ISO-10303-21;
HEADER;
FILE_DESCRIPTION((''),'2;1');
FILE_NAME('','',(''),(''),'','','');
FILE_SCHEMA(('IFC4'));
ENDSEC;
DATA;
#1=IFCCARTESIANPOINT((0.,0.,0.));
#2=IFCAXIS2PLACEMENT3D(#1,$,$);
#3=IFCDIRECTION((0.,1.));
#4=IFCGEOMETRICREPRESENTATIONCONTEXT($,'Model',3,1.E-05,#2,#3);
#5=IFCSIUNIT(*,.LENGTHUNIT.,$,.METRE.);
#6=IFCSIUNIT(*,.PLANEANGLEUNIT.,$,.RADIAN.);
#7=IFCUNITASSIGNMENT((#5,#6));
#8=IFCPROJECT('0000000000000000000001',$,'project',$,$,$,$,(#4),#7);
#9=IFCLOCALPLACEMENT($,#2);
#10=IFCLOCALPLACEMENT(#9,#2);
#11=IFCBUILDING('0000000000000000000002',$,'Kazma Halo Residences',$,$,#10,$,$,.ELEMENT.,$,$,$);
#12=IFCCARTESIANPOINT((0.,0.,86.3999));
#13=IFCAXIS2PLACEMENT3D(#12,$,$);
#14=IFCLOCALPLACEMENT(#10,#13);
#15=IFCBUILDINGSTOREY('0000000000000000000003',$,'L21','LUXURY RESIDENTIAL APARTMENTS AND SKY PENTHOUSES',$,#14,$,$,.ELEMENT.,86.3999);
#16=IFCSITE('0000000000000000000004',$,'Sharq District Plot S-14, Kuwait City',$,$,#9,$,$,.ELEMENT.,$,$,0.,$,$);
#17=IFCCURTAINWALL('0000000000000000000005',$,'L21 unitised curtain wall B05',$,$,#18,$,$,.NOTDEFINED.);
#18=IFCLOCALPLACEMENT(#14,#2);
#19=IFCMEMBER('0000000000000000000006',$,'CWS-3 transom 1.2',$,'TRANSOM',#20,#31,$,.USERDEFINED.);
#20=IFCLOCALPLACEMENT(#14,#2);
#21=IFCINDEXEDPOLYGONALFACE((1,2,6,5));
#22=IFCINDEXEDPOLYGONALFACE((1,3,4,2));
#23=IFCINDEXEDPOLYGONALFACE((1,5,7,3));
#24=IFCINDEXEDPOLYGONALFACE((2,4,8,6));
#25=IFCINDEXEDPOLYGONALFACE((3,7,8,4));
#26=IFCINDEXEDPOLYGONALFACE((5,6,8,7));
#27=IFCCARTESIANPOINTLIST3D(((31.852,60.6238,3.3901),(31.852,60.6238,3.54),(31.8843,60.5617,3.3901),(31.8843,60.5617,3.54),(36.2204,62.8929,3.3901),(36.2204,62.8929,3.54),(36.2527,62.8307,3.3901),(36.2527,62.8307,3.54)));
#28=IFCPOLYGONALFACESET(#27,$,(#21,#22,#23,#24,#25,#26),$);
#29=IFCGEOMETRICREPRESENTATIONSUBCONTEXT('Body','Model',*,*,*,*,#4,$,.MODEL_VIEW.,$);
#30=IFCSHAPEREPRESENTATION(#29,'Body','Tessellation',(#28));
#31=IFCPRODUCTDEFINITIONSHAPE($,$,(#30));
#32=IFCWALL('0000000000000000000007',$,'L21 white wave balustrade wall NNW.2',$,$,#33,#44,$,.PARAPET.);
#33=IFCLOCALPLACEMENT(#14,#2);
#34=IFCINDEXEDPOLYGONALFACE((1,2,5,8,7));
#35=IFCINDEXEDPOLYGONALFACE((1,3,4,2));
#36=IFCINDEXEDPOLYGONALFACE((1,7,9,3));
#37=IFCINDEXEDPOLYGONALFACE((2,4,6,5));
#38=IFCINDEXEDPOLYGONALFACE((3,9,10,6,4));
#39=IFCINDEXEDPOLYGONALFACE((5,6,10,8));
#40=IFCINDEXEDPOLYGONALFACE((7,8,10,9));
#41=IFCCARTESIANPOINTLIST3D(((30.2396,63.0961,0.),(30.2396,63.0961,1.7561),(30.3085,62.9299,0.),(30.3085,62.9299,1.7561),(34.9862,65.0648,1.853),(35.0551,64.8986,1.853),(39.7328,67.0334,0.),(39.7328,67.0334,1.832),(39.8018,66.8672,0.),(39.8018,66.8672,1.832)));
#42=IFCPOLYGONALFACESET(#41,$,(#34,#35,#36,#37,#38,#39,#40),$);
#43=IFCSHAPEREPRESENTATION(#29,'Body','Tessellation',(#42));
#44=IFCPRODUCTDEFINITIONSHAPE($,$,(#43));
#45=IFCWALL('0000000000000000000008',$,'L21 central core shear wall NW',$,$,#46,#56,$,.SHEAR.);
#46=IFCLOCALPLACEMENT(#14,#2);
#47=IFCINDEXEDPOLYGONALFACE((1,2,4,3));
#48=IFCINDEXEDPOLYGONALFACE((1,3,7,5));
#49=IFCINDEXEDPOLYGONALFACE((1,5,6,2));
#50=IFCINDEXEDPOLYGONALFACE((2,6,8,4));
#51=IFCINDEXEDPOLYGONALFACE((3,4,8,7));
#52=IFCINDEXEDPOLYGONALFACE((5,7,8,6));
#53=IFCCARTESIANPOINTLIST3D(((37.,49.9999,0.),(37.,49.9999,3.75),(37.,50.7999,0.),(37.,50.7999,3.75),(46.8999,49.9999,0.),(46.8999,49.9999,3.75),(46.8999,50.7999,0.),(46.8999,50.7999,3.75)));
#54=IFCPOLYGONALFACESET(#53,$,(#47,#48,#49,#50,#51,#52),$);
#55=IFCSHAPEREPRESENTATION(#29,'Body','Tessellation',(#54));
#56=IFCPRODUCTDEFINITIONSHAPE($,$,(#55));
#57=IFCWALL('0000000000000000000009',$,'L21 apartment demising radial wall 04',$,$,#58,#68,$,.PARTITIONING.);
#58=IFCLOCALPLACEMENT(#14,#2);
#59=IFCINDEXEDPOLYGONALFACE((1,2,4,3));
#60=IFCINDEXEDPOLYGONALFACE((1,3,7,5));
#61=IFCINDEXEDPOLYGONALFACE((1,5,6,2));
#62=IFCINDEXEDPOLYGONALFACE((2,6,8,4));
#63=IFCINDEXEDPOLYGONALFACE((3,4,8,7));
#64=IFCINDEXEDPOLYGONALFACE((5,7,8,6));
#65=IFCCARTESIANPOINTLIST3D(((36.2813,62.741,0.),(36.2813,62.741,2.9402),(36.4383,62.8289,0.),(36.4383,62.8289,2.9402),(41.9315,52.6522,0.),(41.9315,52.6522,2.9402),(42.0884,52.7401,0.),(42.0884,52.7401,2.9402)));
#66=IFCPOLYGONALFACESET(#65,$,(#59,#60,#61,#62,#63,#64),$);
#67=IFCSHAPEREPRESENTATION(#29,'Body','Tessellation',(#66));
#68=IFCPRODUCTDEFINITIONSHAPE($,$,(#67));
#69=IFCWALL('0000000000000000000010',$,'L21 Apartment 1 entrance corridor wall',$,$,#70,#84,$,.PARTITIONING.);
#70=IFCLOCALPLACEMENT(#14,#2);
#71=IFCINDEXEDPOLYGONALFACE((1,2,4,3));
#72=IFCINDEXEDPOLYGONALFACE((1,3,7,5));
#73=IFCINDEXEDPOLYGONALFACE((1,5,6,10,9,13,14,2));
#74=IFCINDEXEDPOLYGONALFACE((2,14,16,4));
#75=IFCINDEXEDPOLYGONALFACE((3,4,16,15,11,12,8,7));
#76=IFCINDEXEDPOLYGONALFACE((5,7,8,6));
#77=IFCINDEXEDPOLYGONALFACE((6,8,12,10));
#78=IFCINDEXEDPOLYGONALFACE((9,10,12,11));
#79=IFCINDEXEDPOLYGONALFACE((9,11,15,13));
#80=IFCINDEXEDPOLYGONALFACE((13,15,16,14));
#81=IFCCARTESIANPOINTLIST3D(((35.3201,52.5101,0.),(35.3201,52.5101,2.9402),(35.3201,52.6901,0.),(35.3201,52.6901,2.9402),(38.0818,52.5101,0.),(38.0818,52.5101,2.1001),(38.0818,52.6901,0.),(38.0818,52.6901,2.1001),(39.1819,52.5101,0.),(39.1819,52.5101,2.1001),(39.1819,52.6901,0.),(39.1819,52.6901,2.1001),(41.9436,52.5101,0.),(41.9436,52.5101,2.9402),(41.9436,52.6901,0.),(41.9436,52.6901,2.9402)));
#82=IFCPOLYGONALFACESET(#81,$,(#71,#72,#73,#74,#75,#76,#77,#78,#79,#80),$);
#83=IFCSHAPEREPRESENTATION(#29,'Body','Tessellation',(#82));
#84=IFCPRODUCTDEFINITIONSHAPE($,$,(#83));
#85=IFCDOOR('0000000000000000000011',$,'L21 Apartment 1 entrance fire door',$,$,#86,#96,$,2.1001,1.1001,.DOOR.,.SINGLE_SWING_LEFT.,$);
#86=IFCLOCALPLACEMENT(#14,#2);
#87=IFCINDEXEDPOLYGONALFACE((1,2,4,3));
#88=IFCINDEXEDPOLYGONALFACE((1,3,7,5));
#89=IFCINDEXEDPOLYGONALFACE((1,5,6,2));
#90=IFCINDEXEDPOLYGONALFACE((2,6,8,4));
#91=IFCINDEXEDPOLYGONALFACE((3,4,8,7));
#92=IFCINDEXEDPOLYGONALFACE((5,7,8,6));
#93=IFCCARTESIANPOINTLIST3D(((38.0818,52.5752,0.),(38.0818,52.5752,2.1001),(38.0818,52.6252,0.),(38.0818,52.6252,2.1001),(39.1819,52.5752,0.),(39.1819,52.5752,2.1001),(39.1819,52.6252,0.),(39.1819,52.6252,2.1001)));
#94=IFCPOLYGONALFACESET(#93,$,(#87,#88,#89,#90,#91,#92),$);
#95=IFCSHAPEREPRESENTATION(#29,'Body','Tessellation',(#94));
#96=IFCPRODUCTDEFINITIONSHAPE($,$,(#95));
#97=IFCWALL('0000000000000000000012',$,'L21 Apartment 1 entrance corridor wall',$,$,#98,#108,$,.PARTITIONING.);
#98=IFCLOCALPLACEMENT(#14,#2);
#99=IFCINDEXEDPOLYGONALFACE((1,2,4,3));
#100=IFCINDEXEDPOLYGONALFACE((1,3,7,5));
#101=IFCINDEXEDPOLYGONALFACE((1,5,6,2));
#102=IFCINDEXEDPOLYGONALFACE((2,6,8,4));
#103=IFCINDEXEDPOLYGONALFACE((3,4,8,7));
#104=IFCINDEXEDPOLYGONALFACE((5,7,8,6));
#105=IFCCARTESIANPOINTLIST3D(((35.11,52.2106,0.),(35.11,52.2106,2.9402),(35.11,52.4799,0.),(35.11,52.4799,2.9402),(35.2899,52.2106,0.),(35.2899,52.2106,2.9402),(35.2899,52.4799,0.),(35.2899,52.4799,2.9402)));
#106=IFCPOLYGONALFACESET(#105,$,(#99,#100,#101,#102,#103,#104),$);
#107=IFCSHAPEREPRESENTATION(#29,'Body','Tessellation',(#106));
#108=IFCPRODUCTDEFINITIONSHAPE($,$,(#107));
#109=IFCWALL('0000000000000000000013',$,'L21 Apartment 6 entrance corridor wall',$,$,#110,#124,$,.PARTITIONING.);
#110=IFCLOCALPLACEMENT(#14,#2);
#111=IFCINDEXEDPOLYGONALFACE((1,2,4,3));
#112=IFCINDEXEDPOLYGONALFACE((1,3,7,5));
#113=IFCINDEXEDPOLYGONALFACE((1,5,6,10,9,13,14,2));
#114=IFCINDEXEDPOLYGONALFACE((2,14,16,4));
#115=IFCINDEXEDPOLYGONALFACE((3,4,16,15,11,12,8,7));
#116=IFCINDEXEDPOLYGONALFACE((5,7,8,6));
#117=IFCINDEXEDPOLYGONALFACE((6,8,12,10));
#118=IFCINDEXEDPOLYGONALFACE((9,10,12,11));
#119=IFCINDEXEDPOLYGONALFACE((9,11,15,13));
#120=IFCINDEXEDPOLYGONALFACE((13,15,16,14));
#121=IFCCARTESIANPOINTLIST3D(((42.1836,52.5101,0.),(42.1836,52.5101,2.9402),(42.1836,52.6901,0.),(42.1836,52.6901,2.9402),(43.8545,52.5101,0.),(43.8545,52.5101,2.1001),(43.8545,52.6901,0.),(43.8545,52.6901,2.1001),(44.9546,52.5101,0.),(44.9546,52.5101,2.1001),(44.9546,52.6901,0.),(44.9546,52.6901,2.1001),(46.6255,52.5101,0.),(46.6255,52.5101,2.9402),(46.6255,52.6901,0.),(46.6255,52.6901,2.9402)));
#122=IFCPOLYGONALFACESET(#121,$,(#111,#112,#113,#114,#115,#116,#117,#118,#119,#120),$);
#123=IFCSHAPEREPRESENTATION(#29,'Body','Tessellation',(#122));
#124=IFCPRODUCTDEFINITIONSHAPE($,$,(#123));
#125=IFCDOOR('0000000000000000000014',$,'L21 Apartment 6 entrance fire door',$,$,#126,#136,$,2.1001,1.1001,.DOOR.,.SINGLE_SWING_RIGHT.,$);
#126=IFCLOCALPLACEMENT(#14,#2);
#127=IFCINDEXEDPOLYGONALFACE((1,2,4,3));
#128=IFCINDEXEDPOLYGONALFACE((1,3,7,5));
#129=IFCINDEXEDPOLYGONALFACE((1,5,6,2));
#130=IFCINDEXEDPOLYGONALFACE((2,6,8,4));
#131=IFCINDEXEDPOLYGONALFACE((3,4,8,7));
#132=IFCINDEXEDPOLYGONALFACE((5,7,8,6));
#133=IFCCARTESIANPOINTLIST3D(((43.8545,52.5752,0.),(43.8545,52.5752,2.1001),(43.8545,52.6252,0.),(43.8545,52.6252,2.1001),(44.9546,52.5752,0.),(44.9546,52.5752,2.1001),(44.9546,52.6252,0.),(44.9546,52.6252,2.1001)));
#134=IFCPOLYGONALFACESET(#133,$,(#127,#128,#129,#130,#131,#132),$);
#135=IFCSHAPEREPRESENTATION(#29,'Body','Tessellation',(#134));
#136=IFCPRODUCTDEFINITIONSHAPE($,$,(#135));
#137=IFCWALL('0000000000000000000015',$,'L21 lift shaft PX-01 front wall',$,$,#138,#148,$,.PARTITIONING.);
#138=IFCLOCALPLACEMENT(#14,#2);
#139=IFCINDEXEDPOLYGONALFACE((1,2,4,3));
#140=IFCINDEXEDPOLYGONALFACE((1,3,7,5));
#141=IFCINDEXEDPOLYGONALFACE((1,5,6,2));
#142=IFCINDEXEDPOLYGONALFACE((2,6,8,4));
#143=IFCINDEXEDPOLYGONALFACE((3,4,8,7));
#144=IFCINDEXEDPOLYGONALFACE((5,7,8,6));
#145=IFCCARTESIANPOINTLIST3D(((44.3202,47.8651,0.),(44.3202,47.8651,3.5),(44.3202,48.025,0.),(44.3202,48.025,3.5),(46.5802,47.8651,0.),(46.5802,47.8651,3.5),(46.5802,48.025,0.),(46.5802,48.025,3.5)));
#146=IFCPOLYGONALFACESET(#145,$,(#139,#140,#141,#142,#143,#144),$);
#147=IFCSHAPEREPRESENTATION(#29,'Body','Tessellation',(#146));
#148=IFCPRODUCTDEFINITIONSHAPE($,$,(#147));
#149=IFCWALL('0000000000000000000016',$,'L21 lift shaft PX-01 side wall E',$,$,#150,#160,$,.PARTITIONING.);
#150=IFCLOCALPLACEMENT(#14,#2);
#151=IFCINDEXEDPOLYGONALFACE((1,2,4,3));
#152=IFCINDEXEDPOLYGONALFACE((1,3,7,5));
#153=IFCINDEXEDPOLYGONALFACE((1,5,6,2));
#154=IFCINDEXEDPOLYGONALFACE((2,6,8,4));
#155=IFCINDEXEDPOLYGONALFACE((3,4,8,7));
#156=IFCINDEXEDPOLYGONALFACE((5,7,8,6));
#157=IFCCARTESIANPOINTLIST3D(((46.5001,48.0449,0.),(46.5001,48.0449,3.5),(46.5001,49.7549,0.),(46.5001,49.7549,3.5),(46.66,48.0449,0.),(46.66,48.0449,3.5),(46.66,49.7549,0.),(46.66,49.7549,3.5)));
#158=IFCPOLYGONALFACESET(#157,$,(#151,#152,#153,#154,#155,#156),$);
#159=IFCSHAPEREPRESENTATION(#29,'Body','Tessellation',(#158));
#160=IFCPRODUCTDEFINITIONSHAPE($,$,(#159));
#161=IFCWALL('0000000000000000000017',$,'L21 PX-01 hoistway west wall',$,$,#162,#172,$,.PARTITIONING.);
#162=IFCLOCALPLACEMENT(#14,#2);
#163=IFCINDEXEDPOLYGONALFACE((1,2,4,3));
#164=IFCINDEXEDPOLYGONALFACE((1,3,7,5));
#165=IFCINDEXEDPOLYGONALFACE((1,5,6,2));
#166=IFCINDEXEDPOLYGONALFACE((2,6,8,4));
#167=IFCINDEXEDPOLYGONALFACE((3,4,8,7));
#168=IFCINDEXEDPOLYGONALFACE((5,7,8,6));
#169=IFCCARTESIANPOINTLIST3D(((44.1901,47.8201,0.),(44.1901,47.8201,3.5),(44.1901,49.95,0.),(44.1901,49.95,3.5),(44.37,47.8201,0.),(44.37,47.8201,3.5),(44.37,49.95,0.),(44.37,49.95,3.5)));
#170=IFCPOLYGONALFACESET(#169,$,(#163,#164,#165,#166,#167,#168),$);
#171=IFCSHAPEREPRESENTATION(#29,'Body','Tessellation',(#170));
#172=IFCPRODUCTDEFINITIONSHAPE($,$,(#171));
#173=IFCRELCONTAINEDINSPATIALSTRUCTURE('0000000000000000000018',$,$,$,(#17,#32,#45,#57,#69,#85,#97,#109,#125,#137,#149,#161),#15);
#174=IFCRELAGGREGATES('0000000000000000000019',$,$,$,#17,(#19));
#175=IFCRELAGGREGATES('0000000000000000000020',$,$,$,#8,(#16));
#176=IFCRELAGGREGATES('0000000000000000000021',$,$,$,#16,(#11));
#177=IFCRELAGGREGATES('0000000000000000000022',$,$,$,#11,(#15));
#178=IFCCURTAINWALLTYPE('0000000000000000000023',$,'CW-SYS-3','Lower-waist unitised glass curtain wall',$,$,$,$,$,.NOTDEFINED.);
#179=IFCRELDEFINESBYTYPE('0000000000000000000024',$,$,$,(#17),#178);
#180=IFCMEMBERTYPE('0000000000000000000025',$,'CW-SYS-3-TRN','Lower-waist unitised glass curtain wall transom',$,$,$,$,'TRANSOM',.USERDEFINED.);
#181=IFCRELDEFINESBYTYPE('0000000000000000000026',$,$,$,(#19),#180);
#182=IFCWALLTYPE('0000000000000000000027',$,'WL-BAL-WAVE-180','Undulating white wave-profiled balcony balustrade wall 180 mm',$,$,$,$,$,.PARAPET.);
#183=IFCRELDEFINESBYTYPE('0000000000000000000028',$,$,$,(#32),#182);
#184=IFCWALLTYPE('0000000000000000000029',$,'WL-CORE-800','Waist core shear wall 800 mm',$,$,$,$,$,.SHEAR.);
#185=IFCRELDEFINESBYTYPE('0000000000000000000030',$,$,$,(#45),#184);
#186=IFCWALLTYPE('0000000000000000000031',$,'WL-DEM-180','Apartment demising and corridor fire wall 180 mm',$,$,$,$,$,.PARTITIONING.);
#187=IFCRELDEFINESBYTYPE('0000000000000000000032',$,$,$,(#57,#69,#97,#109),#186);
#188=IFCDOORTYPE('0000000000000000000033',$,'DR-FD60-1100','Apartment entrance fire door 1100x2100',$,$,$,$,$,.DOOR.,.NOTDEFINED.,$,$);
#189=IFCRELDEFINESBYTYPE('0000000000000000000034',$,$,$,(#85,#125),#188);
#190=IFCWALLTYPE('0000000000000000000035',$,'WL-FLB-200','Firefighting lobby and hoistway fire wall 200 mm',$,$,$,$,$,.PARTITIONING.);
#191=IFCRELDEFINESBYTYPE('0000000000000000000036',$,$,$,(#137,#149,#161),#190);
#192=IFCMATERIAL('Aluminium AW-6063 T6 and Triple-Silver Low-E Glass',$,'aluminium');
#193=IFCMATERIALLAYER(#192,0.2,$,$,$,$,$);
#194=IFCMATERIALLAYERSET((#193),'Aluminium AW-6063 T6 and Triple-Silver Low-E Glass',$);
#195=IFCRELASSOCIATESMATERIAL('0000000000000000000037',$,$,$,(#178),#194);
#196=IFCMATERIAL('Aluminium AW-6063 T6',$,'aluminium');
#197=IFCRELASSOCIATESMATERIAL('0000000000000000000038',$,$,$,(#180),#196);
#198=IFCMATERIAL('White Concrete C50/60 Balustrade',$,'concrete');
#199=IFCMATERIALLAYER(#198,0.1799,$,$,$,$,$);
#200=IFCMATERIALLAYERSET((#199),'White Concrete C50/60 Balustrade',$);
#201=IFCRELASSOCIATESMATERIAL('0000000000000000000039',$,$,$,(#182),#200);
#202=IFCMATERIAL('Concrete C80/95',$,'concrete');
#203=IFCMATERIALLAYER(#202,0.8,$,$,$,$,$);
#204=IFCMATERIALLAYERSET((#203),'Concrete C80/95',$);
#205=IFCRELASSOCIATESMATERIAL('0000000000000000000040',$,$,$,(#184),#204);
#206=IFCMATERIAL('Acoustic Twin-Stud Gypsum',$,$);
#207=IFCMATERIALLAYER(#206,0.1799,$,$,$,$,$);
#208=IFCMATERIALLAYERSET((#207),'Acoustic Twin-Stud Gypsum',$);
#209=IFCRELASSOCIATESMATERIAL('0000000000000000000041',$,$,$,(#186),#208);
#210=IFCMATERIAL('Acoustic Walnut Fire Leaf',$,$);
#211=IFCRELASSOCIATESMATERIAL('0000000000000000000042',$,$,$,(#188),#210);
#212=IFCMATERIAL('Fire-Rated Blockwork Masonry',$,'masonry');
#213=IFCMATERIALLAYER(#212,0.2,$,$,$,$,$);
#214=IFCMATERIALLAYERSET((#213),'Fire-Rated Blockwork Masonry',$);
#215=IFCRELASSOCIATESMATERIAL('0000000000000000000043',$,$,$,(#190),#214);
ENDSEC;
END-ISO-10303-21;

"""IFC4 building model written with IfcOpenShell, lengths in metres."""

from ifc_helpers import new_model, si_unit, direction, frame, frame_2d, origin, origin_2d, place, context, subcontext, project, spatial, polyline, rectangle, outline, extrude, material, layer, layer_set, material_profile, profile_set, type_object, element, fill, aggregate, save


model = new_model("IFC4")

# Units and contexts
model_context = context("Model", 3, precision=1e-05, world=origin(), true_north=direction((0.0, 1.0)))
body_context = subcontext(model_context, "Body", "Model", "MODEL_VIEW")
ifc_project = project(units=[si_unit("LENGTHUNIT", "METRE"), si_unit("PLANEANGLEUNIT", "RADIAN")], contexts=[model_context])

# Site, building, storey
site_placement = place(None, origin())
site = spatial("IfcSite", under=ifc_project, at=site_placement, Name="Sharq District Plot S-14, Kuwait City", CompositionType="ELEMENT", RefElevation=0.0)
building_placement = place(site_placement, origin())
building = spatial("IfcBuilding", under=site, at=building_placement, Name="Kazma Halo Residences", CompositionType="ELEMENT")
storey_placement = place(building_placement, frame((0.0, 0.0, 86.3999)))
storey = spatial("IfcBuildingStorey", under=building, at=storey_placement, Name="L21", Description="LUXURY RESIDENTIAL APARTMENTS AND SKY PENTHOUSES", CompositionType="ELEMENT", Elevation=86.3999)

# Shared definitions
ifc_material_1 = material(Name="Concrete C80/95", Category="concrete")

# Shared definitions
ifc_material_2 = material(Name="Aluminium AW-6063 T6 and Triple-Silver Low-E Glass", Category="aluminium")
ifc_layer_1 = layer(ifc_material_2, 0.2)
ifc_layer_set_1 = layer_set([ifc_layer_1], Name="Aluminium AW-6063 T6 and Triple-Silver Low-E Glass")
curtain_wall_type = type_object("IfcCurtainWallType", Name="CW-SYS-3", Description="Lower-waist unitised glass curtain wall", PredefinedType="NOTDEFINED", material=ifc_layer_set_1)
ifc_material_3 = material(Name="Aluminium AW-6063 T6", Category="aluminium")

# Curtain wall, member
curtain_wall_1_placement = place(storey_placement, origin())
curtain_wall_1 = element("IfcCurtainWall", 1, at=curtain_wall_1_placement, inside=storey, type_object=curtain_wall_type, Name="L21 unitised curtain wall B05", PredefinedType="NOTDEFINED")
ifc_material_profile_1 = material_profile(ifc_material_3, rectangle(XDim=0.0701, YDim=0.1499, at=origin_2d()), Name="CWT-70x150")
ifc_profile_set_1 = profile_set([ifc_material_profile_1], Name="Aluminium AW-6063 T6")
member_type_1 = type_object("IfcMemberType", Name="CW-SYS-3-TRN", Description="Lower-waist unitised glass curtain wall transom", ElementType="TRANSOM", PredefinedType="USERDEFINED", material=ifc_profile_set_1)
member_1_placement = place(storey_placement, frame((36.2366, 62.8618, 3.4651), z_axis=(-0.887427, -0.460948, 0.0), x_axis=(0.460948, -0.887427, 0.0)))
member_1 = element("IfcMember", 2, at=member_1_placement, type_object=member_type_1, Name="CWS-3 transom 1.2", ObjectType="TRANSOM", PredefinedType="USERDEFINED", context=body_context, shape_type="SweptSolid", body=[
    extrude(rectangle(XDim=0.0701, YDim=0.1499, at=origin_2d()), origin(), (0.0, 0.0, 1.0), 4.9226),
])
aggregate(curtain_wall_1, [member_1])

# Walls
ifc_material_4 = material(Name="White Concrete C50/60 Balustrade", Category="concrete")
ifc_layer_2 = layer(ifc_material_4, 0.1799)
ifc_layer_set_2 = layer_set([ifc_layer_2], Name="White Concrete C50/60 Balustrade")
wall_type_1 = type_object("IfcWallType", Name="WL-BAL-WAVE-180", Description="Undulating white wave-profiled balcony balustrade wall 180 mm", PredefinedType="PARAPET", material=ifc_layer_set_2)
wall_1_placement = place(storey_placement, frame((39.7673, 66.9502, 0.0), z_axis=(0.0, 0.0, 1.0), x_axis=(-0.923705, -0.383104, 0.0)))
element("IfcWall", 3, at=wall_1_placement, inside=storey, type_object=wall_type_1, Name="L21 white wave balustrade wall NNW.2", PredefinedType="PARAPET", context=body_context, shape_type="SweptSolid", body=[
    extrude(outline(polyline([(0.0, 0.0), (10.2773, 0.0), (10.2773, 1.7561), (5.1387, 1.853), (0.0, 1.832), (0.0, 0.0)])), frame((0.0, 0.0898, 0.0), z_axis=(0.0, -1.0, 0.0), x_axis=(1.0, 0.0, 0.0)), (0.0, 0.0, 1.0), 0.1799),
])
ifc_layer_3 = layer(ifc_material_1, 0.8)
ifc_layer_set_3 = layer_set([ifc_layer_3], Name="Concrete C80/95")
wall_type_2 = type_object("IfcWallType", Name="WL-CORE-800", Description="Waist core shear wall 800 mm", PredefinedType="SHEAR", material=ifc_layer_set_3)
wall_2_placement = place(storey_placement, frame((37.0, 50.3999, 0.0), z_axis=(0.0, 0.0, 1.0), x_axis=(1.0, 0.0, 0.0)))
element("IfcWall", 4, at=wall_2_placement, inside=storey, type_object=wall_type_2, Name="L21 central core shear wall NW", PredefinedType="SHEAR", context=body_context, shape_type="SweptSolid", body=[
    extrude(rectangle(XDim=9.8999, YDim=0.8, at=frame_2d((4.95, 0.0))), origin(), (0.0, 0.0, 1.0), 3.75),
])
ifc_material_5 = material(Name="Acoustic Twin-Stud Gypsum")
ifc_layer_4 = layer(ifc_material_5, 0.1799)
ifc_layer_set_4 = layer_set([ifc_layer_4], Name="Acoustic Twin-Stud Gypsum")
wall_type_3 = type_object("IfcWallType", Name="WL-DEM-180", Description="Apartment demising and corridor fire wall 180 mm", PredefinedType="PARTITIONING", material=ifc_layer_set_4)
wall_3_placement = place(storey_placement, frame((42.01, 52.696, 0.0), z_axis=(0.0, 0.0, 1.0), x_axis=(-0.488628, 0.872492, 0.0)))
element("IfcWall", 5, at=wall_3_placement, inside=storey, type_object=wall_type_3, Name="L21 apartment demising radial wall 04", PredefinedType="PARTITIONING", context=body_context, shape_type="SweptSolid", body=[
    extrude(rectangle(XDim=11.5632, YDim=0.1799, at=frame_2d((5.7817, 0.0))), origin(), (0.0, 0.0, 1.0), 2.9402),
])

# Wall, opening, door
wall_4_placement = place(storey_placement, frame((41.9436, 52.6001, 0.0), z_axis=(0.0, 0.0, 1.0), x_axis=(-1.0, 0.0, 0.0)))
wall_4 = element("IfcWall", 6, at=wall_4_placement, inside=storey, type_object=wall_type_3, Name="L21 Apartment 1 entrance corridor wall", PredefinedType="PARTITIONING", context=body_context, shape_type="SweptSolid", body=[
    extrude(rectangle(XDim=6.6235, YDim=0.1799, at=frame_2d((3.3118, 0.0))), origin(), (0.0, 0.0, 1.0), 2.9402),
])
opening_1_placement = place(wall_4_placement, frame((2.7617, 0.0, 0.0)))
opening_1 = element("IfcOpeningElement", 7, at=opening_1_placement, cuts=wall_4, PredefinedType="OPENING", context=body_context, shape_type="SweptSolid", body=[
    extrude(rectangle(XDim=1.1001, YDim=2.1001, at=frame_2d((0.55, 1.05))), frame((0.0, 0.0999, 0.0), z_axis=(0.0, -1.0, 0.0), x_axis=(1.0, 0.0, 0.0)), (0.0, 0.0, 1.0), 0.2),
])
ifc_material_6 = material(Name="Acoustic Walnut Fire Leaf")
door_type_1 = type_object("IfcDoorType", Name="DR-FD60-1100", Description="Apartment entrance fire door 1100x2100", OperationType="NOTDEFINED", PredefinedType="DOOR", material=ifc_material_6)
door_1_placement = place(opening_1_placement, origin())
door_1 = element("IfcDoor", 8, at=door_1_placement, inside=storey, type_object=door_type_1, Name="L21 Apartment 1 entrance fire door", OperationType="SINGLE_SWING_LEFT", OverallHeight=2.1001, OverallWidth=1.1001, PredefinedType="DOOR", context=body_context, shape_type="SweptSolid", body=[
    extrude(rectangle(XDim=1.1001, YDim=2.1001, at=frame_2d((0.55, 1.05))), frame((0.0, 0.0249, 0.0), z_axis=(0.0, -1.0, 0.0), x_axis=(1.0, 0.0, 0.0)), (0.0, 0.0, 1.0), 0.05),
])
fill(opening_1, door_1)

# Wall
wall_5_placement = place(storey_placement, frame((35.2, 52.48, 0.0), z_axis=(0.0, 0.0, 1.0), x_axis=(0.0, -1.0, 0.0)))
element("IfcWall", 9, at=wall_5_placement, inside=storey, type_object=wall_type_3, Name="L21 Apartment 1 entrance corridor wall", PredefinedType="PARTITIONING", context=body_context, shape_type="SweptSolid", body=[
    extrude(rectangle(XDim=0.2693, YDim=0.1799, at=frame_2d((0.1348, 0.0))), origin(), (0.0, 0.0, 1.0), 2.9402),
])

# Wall, opening, door
wall_6_placement = place(storey_placement, frame((46.6255, 52.6001, 0.0), z_axis=(0.0, 0.0, 1.0), x_axis=(-1.0, 0.0, 0.0)))
wall_6 = element("IfcWall", 10, at=wall_6_placement, inside=storey, type_object=wall_type_3, Name="L21 Apartment 6 entrance corridor wall", PredefinedType="PARTITIONING", context=body_context, shape_type="SweptSolid", body=[
    extrude(rectangle(XDim=4.4419, YDim=0.1799, at=frame_2d((2.2209, 0.0))), origin(), (0.0, 0.0, 1.0), 2.9402),
])
opening_2_placement = place(wall_6_placement, frame((1.6709, 0.0, 0.0)))
opening_2 = element("IfcOpeningElement", 11, at=opening_2_placement, cuts=wall_6, PredefinedType="OPENING", context=body_context, shape_type="SweptSolid", body=[
    extrude(rectangle(XDim=1.1001, YDim=2.1001, at=frame_2d((0.55, 1.05))), frame((0.0, 0.0999, 0.0), z_axis=(0.0, -1.0, 0.0), x_axis=(1.0, 0.0, 0.0)), (0.0, 0.0, 1.0), 0.2),
])
door_2_placement = place(opening_2_placement, origin())
door_2 = element("IfcDoor", 12, at=door_2_placement, inside=storey, type_object=door_type_1, Name="L21 Apartment 6 entrance fire door", OperationType="SINGLE_SWING_RIGHT", OverallHeight=2.1001, OverallWidth=1.1001, PredefinedType="DOOR", context=body_context, shape_type="SweptSolid", body=[
    extrude(rectangle(XDim=1.1001, YDim=2.1001, at=frame_2d((0.55, 1.05))), frame((0.0, 0.0249, 0.0), z_axis=(0.0, -1.0, 0.0), x_axis=(1.0, 0.0, 0.0)), (0.0, 0.0, 1.0), 0.05),
])
fill(opening_2, door_2)

# Walls
ifc_material_7 = material(Name="Fire-Rated Blockwork Masonry", Category="masonry")
ifc_layer_5 = layer(ifc_material_7, 0.2)
ifc_layer_set_5 = layer_set([ifc_layer_5], Name="Fire-Rated Blockwork Masonry")
wall_type_4 = type_object("IfcWallType", Name="WL-FLB-200", Description="Firefighting lobby and hoistway fire wall 200 mm", PredefinedType="PARTITIONING", material=ifc_layer_set_5)
wall_7_placement = place(storey_placement, frame((46.5801, 47.9451, 0.0), z_axis=(0.0, 0.0, 1.0), x_axis=(-1.0, 0.0, 0.0)))
element("IfcWall", 13, at=wall_7_placement, inside=storey, type_object=wall_type_4, Name="L21 lift shaft PX-01 front wall", PredefinedType="PARTITIONING", context=body_context, shape_type="SweptSolid", body=[
    extrude(rectangle(XDim=2.26, YDim=0.1599, at=frame_2d((1.1299, 0.0))), origin(), (0.0, 0.0, 1.0), 3.5),
])
wall_8_placement = place(storey_placement, frame((46.5801, 48.0449, 0.0), z_axis=(0.0, 0.0, 1.0), x_axis=(0.0, 1.0, 0.0)))
element("IfcWall", 14, at=wall_8_placement, inside=storey, type_object=wall_type_4, Name="L21 lift shaft PX-01 side wall E", PredefinedType="PARTITIONING", context=body_context, shape_type="SweptSolid", body=[
    extrude(rectangle(XDim=1.71, YDim=0.1599, at=frame_2d((0.855, 0.0))), origin(), (0.0, 0.0, 1.0), 3.5),
])
wall_9_placement = place(storey_placement, frame((44.28, 47.8201, 0.0), z_axis=(0.0, 0.0, 1.0), x_axis=(0.0, 1.0, 0.0)))
element("IfcWall", 15, at=wall_9_placement, inside=storey, type_object=wall_type_4, Name="L21 PX-01 hoistway west wall", PredefinedType="PARTITIONING", context=body_context, shape_type="SweptSolid", body=[
    extrude(rectangle(XDim=2.1299, YDim=0.1799, at=frame_2d((1.0649, 0.0))), origin(), (0.0, 0.0, 1.0), 3.5),
])

save(model, "model.ifc")
